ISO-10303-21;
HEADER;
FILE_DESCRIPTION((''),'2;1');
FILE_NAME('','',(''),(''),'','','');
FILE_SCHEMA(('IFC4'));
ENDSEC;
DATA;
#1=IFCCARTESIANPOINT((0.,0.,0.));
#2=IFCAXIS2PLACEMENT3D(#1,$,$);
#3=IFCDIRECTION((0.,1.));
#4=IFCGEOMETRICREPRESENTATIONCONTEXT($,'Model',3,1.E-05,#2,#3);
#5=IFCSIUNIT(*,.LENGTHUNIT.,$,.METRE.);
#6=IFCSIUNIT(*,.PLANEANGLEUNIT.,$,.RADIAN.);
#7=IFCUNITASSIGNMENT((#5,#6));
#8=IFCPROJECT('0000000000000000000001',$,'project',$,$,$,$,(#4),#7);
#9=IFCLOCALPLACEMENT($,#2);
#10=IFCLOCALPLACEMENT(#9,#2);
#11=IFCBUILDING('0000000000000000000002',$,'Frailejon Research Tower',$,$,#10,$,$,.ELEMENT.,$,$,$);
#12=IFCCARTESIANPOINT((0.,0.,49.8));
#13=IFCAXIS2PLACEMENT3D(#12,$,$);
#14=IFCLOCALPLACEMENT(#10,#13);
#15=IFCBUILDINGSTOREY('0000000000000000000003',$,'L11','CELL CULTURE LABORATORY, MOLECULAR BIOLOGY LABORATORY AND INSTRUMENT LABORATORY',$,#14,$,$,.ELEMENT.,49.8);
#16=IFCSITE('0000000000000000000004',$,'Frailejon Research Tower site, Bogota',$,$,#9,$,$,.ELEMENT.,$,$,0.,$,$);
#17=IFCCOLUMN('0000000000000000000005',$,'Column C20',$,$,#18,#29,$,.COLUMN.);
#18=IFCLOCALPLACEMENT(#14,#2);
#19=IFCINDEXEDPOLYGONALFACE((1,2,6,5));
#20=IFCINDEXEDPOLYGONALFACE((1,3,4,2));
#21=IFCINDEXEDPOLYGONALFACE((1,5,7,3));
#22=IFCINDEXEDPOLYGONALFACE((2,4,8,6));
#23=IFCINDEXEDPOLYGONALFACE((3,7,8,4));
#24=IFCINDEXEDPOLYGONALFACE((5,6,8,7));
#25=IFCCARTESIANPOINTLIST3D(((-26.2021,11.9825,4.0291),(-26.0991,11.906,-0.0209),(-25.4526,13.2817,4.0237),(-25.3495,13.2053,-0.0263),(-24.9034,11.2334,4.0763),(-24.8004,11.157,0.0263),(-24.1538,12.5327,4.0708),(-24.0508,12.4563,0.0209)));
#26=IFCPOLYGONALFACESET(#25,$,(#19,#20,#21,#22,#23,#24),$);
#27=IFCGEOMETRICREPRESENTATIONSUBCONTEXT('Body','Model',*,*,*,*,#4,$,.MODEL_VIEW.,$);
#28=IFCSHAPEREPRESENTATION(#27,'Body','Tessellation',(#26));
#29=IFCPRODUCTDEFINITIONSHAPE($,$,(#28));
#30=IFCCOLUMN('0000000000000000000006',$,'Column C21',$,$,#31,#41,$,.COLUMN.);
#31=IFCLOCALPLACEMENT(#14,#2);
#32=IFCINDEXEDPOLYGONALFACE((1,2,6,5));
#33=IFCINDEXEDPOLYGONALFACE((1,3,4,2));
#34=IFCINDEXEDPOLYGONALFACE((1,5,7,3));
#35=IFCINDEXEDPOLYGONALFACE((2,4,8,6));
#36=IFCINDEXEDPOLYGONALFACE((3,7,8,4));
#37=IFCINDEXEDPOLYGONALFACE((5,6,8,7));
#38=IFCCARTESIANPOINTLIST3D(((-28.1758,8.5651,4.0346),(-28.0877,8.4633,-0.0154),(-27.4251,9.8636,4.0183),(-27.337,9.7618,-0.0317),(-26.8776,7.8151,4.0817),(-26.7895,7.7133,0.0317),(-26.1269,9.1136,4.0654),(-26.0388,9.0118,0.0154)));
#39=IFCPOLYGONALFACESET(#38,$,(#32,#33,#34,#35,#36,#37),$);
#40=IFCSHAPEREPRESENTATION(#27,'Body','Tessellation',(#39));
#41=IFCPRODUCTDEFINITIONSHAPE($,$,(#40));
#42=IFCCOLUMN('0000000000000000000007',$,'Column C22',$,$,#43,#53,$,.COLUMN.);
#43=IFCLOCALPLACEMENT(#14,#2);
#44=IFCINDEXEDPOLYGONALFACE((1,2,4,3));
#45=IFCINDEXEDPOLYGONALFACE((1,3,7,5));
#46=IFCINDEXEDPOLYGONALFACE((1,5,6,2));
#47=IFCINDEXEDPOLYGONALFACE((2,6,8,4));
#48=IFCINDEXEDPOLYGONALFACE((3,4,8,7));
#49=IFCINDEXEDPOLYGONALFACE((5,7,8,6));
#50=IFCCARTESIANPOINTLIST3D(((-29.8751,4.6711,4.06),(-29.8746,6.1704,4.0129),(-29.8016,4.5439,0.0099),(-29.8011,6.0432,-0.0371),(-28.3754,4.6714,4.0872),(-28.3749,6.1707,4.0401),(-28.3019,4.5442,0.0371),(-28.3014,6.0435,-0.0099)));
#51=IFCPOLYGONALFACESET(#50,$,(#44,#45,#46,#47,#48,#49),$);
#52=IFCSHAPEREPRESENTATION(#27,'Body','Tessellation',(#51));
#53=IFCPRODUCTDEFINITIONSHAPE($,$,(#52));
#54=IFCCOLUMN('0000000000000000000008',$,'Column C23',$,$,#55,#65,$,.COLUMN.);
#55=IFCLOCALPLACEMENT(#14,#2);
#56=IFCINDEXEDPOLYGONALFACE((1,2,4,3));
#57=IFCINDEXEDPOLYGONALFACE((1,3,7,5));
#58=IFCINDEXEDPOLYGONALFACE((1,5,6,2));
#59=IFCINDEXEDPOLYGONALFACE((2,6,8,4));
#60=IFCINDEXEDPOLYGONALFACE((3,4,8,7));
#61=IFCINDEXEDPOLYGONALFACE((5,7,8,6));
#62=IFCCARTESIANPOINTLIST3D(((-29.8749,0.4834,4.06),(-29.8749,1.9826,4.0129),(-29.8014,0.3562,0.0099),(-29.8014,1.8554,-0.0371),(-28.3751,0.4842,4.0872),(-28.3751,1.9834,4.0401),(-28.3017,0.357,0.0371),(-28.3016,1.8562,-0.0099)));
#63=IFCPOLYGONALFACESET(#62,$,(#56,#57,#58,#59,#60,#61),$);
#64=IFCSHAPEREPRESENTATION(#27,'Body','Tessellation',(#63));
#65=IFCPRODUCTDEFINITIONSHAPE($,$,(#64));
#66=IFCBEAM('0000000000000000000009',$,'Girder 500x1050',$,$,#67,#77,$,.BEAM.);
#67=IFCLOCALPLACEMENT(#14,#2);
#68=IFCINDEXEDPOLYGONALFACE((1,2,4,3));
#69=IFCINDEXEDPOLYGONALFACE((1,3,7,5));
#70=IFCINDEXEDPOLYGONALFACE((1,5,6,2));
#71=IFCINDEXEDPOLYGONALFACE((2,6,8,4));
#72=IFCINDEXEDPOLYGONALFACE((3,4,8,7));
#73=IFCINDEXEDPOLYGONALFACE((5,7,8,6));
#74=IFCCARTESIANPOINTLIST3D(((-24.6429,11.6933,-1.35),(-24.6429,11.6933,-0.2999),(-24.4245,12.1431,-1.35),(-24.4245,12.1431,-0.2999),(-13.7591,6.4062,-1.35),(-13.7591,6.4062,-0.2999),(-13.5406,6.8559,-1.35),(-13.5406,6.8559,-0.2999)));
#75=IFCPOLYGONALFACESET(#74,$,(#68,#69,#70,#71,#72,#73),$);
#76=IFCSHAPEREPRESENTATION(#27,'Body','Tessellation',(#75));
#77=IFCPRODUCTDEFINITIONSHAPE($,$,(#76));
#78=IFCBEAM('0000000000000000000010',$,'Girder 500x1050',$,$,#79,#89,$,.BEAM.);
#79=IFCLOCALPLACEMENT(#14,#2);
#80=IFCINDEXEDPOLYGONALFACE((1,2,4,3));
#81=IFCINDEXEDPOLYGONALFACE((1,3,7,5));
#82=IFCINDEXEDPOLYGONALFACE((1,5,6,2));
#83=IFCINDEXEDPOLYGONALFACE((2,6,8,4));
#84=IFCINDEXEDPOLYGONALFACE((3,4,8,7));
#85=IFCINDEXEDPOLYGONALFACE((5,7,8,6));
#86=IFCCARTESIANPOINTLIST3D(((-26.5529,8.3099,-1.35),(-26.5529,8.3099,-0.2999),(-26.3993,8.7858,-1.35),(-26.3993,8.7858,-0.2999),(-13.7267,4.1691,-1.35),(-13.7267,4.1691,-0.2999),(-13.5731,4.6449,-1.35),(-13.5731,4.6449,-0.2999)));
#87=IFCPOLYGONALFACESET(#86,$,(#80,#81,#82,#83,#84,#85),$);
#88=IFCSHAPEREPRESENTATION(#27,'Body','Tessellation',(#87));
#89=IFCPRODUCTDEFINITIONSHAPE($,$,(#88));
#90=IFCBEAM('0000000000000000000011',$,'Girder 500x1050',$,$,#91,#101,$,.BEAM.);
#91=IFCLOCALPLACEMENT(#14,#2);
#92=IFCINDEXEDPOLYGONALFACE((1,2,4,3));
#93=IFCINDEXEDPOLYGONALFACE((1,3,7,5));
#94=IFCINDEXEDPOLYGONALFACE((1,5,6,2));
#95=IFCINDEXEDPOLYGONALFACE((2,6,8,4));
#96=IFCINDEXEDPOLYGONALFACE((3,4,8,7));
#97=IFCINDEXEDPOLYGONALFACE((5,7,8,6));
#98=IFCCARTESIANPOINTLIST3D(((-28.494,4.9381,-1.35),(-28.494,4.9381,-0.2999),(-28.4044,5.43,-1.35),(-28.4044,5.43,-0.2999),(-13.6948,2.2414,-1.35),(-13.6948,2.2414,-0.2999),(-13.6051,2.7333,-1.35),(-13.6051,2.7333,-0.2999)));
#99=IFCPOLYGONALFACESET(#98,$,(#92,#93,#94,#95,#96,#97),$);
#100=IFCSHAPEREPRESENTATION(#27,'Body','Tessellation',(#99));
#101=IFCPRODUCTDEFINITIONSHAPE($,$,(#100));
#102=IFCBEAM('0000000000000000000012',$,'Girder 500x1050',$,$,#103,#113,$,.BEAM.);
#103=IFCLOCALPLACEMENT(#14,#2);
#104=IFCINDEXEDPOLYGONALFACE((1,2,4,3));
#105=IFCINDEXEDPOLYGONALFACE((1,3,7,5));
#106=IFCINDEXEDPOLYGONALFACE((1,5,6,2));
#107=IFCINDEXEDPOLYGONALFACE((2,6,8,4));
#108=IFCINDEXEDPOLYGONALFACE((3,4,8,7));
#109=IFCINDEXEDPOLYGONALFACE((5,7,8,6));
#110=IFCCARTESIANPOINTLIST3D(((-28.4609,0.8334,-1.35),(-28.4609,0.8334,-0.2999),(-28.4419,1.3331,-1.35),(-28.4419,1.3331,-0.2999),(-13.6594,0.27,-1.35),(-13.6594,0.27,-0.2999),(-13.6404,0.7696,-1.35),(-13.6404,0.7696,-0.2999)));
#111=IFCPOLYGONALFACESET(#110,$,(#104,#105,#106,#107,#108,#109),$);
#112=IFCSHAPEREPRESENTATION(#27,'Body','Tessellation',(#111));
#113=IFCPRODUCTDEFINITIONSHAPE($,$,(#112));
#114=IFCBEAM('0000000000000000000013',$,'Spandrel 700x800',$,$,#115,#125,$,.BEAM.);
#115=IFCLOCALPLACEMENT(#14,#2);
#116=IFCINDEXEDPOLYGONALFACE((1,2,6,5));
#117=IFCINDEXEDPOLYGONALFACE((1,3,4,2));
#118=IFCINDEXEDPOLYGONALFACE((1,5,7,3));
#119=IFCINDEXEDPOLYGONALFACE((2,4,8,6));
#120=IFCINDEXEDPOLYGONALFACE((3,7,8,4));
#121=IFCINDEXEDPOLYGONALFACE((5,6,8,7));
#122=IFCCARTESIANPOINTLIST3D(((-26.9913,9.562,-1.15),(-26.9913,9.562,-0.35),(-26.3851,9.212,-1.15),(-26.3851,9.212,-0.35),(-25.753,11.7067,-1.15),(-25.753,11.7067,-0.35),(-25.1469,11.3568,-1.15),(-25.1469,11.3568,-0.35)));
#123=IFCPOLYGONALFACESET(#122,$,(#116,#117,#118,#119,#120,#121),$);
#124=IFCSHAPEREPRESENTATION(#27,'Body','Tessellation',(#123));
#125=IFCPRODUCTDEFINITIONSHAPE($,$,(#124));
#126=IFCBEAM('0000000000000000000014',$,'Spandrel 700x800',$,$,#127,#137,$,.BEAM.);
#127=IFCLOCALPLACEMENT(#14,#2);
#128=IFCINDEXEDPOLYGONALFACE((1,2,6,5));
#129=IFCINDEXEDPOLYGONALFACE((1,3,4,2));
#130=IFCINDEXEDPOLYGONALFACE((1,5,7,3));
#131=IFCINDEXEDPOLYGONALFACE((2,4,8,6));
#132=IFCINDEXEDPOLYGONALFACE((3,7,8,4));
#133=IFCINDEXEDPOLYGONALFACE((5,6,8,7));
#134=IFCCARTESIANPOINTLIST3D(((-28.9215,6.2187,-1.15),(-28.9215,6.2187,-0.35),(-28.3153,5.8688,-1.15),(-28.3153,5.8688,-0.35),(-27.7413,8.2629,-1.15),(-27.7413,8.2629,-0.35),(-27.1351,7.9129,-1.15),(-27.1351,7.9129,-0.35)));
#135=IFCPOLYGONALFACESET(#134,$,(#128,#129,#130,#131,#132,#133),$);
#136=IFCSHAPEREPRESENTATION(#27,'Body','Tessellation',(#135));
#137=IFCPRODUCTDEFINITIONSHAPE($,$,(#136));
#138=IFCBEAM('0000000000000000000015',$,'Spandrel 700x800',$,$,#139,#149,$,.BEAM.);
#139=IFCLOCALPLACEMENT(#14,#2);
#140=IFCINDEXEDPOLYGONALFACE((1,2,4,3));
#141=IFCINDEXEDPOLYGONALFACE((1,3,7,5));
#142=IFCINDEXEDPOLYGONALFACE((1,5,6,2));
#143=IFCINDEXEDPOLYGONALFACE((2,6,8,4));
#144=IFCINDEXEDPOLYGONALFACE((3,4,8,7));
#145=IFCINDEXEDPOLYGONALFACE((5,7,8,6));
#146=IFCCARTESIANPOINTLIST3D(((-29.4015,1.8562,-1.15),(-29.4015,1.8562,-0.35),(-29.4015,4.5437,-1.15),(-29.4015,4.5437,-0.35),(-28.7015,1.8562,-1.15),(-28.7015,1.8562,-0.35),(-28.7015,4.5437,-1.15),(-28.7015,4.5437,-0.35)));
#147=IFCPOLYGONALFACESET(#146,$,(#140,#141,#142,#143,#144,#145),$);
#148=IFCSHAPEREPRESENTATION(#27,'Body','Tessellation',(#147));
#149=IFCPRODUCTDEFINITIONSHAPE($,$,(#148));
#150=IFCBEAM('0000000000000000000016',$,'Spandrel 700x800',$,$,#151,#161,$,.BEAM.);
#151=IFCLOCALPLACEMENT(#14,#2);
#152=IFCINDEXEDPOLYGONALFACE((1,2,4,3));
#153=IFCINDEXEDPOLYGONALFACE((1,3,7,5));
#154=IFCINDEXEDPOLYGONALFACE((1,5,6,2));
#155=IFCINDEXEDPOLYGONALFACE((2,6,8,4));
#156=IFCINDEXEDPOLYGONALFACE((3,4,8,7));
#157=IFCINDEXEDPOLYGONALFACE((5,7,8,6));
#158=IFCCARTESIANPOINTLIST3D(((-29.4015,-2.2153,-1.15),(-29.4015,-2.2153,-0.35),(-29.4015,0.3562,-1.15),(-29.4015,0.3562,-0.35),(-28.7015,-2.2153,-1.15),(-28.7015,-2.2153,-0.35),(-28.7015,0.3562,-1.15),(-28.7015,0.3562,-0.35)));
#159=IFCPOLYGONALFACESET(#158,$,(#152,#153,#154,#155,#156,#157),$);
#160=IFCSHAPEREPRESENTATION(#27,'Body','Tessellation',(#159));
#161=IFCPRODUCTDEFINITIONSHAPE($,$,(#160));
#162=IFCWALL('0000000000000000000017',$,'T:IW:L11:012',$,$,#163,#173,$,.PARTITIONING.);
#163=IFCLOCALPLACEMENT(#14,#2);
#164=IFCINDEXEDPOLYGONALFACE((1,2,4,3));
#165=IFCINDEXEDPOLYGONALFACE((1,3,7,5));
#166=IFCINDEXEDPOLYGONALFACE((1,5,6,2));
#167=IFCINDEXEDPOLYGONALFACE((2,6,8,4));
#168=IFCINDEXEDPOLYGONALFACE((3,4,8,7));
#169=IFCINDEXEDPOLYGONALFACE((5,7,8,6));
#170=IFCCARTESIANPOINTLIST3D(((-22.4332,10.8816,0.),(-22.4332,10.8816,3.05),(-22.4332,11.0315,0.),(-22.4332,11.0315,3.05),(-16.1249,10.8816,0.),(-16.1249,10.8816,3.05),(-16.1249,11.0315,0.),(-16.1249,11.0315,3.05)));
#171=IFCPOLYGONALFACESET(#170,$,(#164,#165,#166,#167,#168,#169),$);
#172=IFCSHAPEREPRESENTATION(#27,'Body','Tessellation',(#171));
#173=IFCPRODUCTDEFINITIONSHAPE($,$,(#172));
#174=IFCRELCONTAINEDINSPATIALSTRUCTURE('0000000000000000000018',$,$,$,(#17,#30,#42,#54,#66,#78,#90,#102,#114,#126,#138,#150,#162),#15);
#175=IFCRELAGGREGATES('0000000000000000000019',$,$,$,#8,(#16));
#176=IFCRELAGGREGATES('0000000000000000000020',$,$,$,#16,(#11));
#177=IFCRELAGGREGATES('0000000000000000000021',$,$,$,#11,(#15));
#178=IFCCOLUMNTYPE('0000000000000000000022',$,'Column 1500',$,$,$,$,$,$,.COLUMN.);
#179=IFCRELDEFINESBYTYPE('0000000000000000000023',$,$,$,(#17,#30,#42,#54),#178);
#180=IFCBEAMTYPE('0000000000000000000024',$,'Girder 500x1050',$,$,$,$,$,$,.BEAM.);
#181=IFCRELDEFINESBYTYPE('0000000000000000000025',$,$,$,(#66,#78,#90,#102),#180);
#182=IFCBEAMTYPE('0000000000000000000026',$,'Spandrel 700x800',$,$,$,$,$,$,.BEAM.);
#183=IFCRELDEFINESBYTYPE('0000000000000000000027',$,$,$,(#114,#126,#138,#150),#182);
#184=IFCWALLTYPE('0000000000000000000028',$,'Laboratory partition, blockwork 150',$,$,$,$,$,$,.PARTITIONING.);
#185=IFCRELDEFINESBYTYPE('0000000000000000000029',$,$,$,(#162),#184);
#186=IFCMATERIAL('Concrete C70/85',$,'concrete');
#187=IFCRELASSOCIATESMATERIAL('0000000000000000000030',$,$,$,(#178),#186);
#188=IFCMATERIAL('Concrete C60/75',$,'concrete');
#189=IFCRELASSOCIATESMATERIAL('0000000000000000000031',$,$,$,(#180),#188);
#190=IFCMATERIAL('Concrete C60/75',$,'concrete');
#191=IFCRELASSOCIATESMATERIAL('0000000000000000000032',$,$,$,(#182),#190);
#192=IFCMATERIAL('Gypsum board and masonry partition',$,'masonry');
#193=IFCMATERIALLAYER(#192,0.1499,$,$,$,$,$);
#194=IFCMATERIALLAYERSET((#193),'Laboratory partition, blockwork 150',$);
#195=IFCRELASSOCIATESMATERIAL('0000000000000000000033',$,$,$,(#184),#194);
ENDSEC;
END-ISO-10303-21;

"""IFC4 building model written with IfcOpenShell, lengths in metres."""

from ifc_helpers import new_model, si_unit, direction, frame, frame_2d, origin, origin_2d, place, context, subcontext, project, spatial, rectangle, extrude, material, layer, layer_set, material_profile, profile_set, type_object, element, save


model = new_model("IFC4")

# Units and contexts
model_context = context("Model", 3, precision=1e-05, world=origin(), true_north=direction((0.0, 1.0)))
body_context = subcontext(model_context, "Body", "Model", "MODEL_VIEW")
ifc_project = project(units=[si_unit("LENGTHUNIT", "METRE"), si_unit("PLANEANGLEUNIT", "RADIAN")], contexts=[model_context])

# Site, building, storey
site_placement = place(None, origin())
site = spatial("IfcSite", under=ifc_project, at=site_placement, Name="Frailejon Research Tower site, Bogota", CompositionType="ELEMENT", RefElevation=0.0)
building_placement = place(site_placement, origin())
building = spatial("IfcBuilding", under=site, at=building_placement, Name="Frailejon Research Tower", CompositionType="ELEMENT")
storey_placement = place(building_placement, frame((0.0, 0.0, 49.8)))
storey = spatial("IfcBuildingStorey", under=building, at=storey_placement, Name="L11", Description="CELL CULTURE LABORATORY, MOLECULAR BIOLOGY LABORATORY AND INSTRUMENT LABORATORY", CompositionType="ELEMENT", Elevation=49.8)

# Columns
ifc_material_1 = material(Name="Concrete C70/85", Category="concrete")
ifc_material_profile_1 = material_profile(ifc_material_1, rectangle(XDim=1.5, YDim=1.5, at=origin_2d()), Name="Column 1500")
ifc_profile_set_1 = profile_set([ifc_material_profile_1], Name="Concrete C70/85")
column_type = type_object("IfcColumnType", Name="Column 1500", PredefinedType="COLUMN", material=ifc_profile_set_1)
column_1_placement = place(storey_placement, frame((-25.075, 12.1812, 0.0), z_axis=(-0.025426, 0.018858, 0.999499), x_axis=(-0.49971, -0.866185, 0.003631)))
element("IfcColumn", 1, at=column_1_placement, inside=storey, type_object=column_type, Name="Column C20", PredefinedType="COLUMN", context=body_context, shape_type="SweptSolid", body=[
    extrude(rectangle(XDim=1.5, YDim=1.5, at=origin_2d()), origin(), (0.0, 0.0, 1.0), 4.052),
])
column_2_placement = place(storey_placement, frame((-27.0632, 8.7375, 0.0), z_axis=(-0.021749, 0.025123, 0.999448), x_axis=(-0.500502, -0.865667, 0.010869)))
element("IfcColumn", 2, at=column_2_placement, inside=storey, type_object=column_type, Name="Column C21", PredefinedType="COLUMN", context=body_context, shape_type="SweptSolid", body=[
    extrude(rectangle(XDim=1.5, YDim=1.5, at=origin_2d()), origin(), (0.0, 0.0, 1.0), 4.0522),
])
for number, where, z_axis, x_axis, name in (
    (3, (-29.0515, 5.2937, 0.0), (-0.018133, 0.031386, 0.999343), (-0.000336, -0.999507, 0.031385), "Column C22"),
    (4, (-29.0515, 1.1062, 0.0), (-0.018133, 0.031386, 0.999343), (-0.000022, -0.999507, 0.03139), "Column C23"),
):
    element("IfcColumn", number, at=place(storey_placement, frame(where, z_axis=z_axis, x_axis=x_axis)), inside=storey, type_object=column_type, Name=name, PredefinedType="COLUMN", context=body_context, shape_type="SweptSolid", body=[
        extrude(rectangle(XDim=1.5, YDim=1.5, at=origin_2d()), origin(), (0.0, 0.0, 1.0), 4.0527),
    ])

# Beams
ifc_material_2 = material(Name="Concrete C60/75", Category="concrete")
ifc_material_profile_2 = material_profile(ifc_material_2, rectangle(XDim=0.5, YDim=1.05, at=origin_2d()), Name="Girder 500x1050")
ifc_profile_set_2 = profile_set([ifc_material_profile_2], Name="Concrete C60/75")
beam_type_1 = type_object("IfcBeamType", Name="Girder 500x1050", PredefinedType="BEAM", material=ifc_profile_set_2)
beam_1_placement = place(storey_placement, frame((-24.5337, 11.9182, -0.825), z_axis=(0.899486, -0.436951, 0.0), x_axis=(0.436951, 0.899486, 0.0)))
element("IfcBeam", 5, at=beam_1_placement, inside=storey, type_object=beam_type_1, Name="Girder 500x1050", PredefinedType="BEAM", context=body_context, shape_type="SweptSolid", body=[
    extrude(rectangle(XDim=0.5, YDim=1.05, at=origin_2d()), origin(), (0.0, 0.0, 1.0), 12.1001),
])
beam_2_placement = place(storey_placement, frame((-26.4761, 8.5479, -0.825), z_axis=(0.951635, -0.307231, 0.0), x_axis=(0.307231, 0.951635, 0.0)))
element("IfcBeam", 6, at=beam_2_placement, inside=storey, type_object=beam_type_1, Name="Girder 500x1050", PredefinedType="BEAM", context=body_context, shape_type="SweptSolid", body=[
    extrude(rectangle(XDim=0.5, YDim=1.05, at=origin_2d()), origin(), (0.0, 0.0, 1.0), 13.478),
])
beam_3_placement = place(storey_placement, frame((-28.4492, 5.1841, -0.825), z_axis=(0.9838, -0.179271, 0.0), x_axis=(0.179271, 0.9838, 0.0)))
element("IfcBeam", 7, at=beam_3_placement, inside=storey, type_object=beam_type_1, Name="Girder 500x1050", PredefinedType="BEAM", context=body_context, shape_type="SweptSolid", body=[
    extrude(rectangle(XDim=0.5, YDim=1.05, at=origin_2d()), origin(), (0.0, 0.0, 1.0), 15.043),
])
beam_4_placement = place(storey_placement, frame((-28.4514, 1.0833, -0.825), z_axis=(0.999276, -0.038041, 0.0), x_axis=(0.038041, 0.999276, 0.0)))
element("IfcBeam", 8, at=beam_4_placement, inside=storey, type_object=beam_type_1, Name="Girder 500x1050", PredefinedType="BEAM", context=body_context, shape_type="SweptSolid", body=[
    extrude(rectangle(XDim=0.5, YDim=1.05, at=origin_2d()), origin(), (0.0, 0.0, 1.0), 14.8123),
])
ifc_material_3 = material(Name="Concrete C60/75", Category="concrete")
ifc_material_profile_3 = material_profile(ifc_material_3, rectangle(XDim=0.7, YDim=0.8, at=origin_2d()), Name="Spandrel 700x800")
ifc_profile_set_3 = profile_set([ifc_material_profile_3], Name="Concrete C60/75")
beam_type_2 = type_object("IfcBeamType", Name="Spandrel 700x800", PredefinedType="BEAM", material=ifc_profile_set_3)
beam_5_placement = place(storey_placement, frame((-25.45, 11.5317, -0.75), z_axis=(-0.499998, -0.866026, 0.0), x_axis=(0.866026, -0.499998, 0.0)))
element("IfcBeam", 9, at=beam_5_placement, inside=storey, type_object=beam_type_2, Name="Spandrel 700x800", PredefinedType="BEAM", context=body_context, shape_type="SweptSolid", body=[
    extrude(rectangle(XDim=0.7, YDim=0.8, at=origin_2d()), origin(), (0.0, 0.0, 1.0), 2.4766),
])
beam_6_placement = place(storey_placement, frame((-27.4382, 8.0879, -0.75), z_axis=(-0.499988, -0.866032, 0.0), x_axis=(0.866032, -0.499988, 0.0)))
element("IfcBeam", 10, at=beam_6_placement, inside=storey, type_object=beam_type_2, Name="Spandrel 700x800", PredefinedType="BEAM", context=body_context, shape_type="SweptSolid", body=[
    extrude(rectangle(XDim=0.7, YDim=0.8, at=origin_2d()), origin(), (0.0, 0.0, 1.0), 2.3604),
])
beam_7_placement = place(storey_placement, frame((-29.0515, 4.5437, -0.75), z_axis=(0.0, -1.0, 0.0), x_axis=(1.0, 0.0, 0.0)))
element("IfcBeam", 11, at=beam_7_placement, inside=storey, type_object=beam_type_2, Name="Spandrel 700x800", PredefinedType="BEAM", context=body_context, shape_type="SweptSolid", body=[
    extrude(rectangle(XDim=0.7, YDim=0.8, at=origin_2d()), origin(), (0.0, 0.0, 1.0), 2.6875),
])
beam_8_placement = place(storey_placement, frame((-29.0515, 0.3562, -0.75), z_axis=(0.0, -1.0, 0.0), x_axis=(1.0, 0.0, 0.0)))
element("IfcBeam", 12, at=beam_8_placement, inside=storey, type_object=beam_type_2, Name="Spandrel 700x800", PredefinedType="BEAM", context=body_context, shape_type="SweptSolid", body=[
    extrude(rectangle(XDim=0.7, YDim=0.8, at=origin_2d()), origin(), (0.0, 0.0, 1.0), 2.5715),
])

# Wall
ifc_material_4 = material(Name="Gypsum board and masonry partition", Category="masonry")
ifc_layer_1 = layer(ifc_material_4, 0.1499)
ifc_layer_set_1 = layer_set([ifc_layer_1], Name="Laboratory partition, blockwork 150")
wall_type_1 = type_object("IfcWallType", Name="Laboratory partition, blockwork 150", PredefinedType="PARTITIONING", material=ifc_layer_set_1)
wall_1_placement = place(storey_placement, frame((-22.4333, 10.9565, 0.0), z_axis=(0.0, 0.0, 1.0), x_axis=(1.0, 0.0, 0.0)))
element("IfcWall", 13, at=wall_1_placement, inside=storey, type_object=wall_type_1, Name="T:IW:L11:012", PredefinedType="PARTITIONING", context=body_context, shape_type="SweptSolid", body=[
    extrude(rectangle(XDim=6.3083, YDim=0.1499, at=frame_2d((3.1543, 0.0))), origin(), (0.0, 0.0, 1.0), 3.05),
])

save(model, "model.ifc")
